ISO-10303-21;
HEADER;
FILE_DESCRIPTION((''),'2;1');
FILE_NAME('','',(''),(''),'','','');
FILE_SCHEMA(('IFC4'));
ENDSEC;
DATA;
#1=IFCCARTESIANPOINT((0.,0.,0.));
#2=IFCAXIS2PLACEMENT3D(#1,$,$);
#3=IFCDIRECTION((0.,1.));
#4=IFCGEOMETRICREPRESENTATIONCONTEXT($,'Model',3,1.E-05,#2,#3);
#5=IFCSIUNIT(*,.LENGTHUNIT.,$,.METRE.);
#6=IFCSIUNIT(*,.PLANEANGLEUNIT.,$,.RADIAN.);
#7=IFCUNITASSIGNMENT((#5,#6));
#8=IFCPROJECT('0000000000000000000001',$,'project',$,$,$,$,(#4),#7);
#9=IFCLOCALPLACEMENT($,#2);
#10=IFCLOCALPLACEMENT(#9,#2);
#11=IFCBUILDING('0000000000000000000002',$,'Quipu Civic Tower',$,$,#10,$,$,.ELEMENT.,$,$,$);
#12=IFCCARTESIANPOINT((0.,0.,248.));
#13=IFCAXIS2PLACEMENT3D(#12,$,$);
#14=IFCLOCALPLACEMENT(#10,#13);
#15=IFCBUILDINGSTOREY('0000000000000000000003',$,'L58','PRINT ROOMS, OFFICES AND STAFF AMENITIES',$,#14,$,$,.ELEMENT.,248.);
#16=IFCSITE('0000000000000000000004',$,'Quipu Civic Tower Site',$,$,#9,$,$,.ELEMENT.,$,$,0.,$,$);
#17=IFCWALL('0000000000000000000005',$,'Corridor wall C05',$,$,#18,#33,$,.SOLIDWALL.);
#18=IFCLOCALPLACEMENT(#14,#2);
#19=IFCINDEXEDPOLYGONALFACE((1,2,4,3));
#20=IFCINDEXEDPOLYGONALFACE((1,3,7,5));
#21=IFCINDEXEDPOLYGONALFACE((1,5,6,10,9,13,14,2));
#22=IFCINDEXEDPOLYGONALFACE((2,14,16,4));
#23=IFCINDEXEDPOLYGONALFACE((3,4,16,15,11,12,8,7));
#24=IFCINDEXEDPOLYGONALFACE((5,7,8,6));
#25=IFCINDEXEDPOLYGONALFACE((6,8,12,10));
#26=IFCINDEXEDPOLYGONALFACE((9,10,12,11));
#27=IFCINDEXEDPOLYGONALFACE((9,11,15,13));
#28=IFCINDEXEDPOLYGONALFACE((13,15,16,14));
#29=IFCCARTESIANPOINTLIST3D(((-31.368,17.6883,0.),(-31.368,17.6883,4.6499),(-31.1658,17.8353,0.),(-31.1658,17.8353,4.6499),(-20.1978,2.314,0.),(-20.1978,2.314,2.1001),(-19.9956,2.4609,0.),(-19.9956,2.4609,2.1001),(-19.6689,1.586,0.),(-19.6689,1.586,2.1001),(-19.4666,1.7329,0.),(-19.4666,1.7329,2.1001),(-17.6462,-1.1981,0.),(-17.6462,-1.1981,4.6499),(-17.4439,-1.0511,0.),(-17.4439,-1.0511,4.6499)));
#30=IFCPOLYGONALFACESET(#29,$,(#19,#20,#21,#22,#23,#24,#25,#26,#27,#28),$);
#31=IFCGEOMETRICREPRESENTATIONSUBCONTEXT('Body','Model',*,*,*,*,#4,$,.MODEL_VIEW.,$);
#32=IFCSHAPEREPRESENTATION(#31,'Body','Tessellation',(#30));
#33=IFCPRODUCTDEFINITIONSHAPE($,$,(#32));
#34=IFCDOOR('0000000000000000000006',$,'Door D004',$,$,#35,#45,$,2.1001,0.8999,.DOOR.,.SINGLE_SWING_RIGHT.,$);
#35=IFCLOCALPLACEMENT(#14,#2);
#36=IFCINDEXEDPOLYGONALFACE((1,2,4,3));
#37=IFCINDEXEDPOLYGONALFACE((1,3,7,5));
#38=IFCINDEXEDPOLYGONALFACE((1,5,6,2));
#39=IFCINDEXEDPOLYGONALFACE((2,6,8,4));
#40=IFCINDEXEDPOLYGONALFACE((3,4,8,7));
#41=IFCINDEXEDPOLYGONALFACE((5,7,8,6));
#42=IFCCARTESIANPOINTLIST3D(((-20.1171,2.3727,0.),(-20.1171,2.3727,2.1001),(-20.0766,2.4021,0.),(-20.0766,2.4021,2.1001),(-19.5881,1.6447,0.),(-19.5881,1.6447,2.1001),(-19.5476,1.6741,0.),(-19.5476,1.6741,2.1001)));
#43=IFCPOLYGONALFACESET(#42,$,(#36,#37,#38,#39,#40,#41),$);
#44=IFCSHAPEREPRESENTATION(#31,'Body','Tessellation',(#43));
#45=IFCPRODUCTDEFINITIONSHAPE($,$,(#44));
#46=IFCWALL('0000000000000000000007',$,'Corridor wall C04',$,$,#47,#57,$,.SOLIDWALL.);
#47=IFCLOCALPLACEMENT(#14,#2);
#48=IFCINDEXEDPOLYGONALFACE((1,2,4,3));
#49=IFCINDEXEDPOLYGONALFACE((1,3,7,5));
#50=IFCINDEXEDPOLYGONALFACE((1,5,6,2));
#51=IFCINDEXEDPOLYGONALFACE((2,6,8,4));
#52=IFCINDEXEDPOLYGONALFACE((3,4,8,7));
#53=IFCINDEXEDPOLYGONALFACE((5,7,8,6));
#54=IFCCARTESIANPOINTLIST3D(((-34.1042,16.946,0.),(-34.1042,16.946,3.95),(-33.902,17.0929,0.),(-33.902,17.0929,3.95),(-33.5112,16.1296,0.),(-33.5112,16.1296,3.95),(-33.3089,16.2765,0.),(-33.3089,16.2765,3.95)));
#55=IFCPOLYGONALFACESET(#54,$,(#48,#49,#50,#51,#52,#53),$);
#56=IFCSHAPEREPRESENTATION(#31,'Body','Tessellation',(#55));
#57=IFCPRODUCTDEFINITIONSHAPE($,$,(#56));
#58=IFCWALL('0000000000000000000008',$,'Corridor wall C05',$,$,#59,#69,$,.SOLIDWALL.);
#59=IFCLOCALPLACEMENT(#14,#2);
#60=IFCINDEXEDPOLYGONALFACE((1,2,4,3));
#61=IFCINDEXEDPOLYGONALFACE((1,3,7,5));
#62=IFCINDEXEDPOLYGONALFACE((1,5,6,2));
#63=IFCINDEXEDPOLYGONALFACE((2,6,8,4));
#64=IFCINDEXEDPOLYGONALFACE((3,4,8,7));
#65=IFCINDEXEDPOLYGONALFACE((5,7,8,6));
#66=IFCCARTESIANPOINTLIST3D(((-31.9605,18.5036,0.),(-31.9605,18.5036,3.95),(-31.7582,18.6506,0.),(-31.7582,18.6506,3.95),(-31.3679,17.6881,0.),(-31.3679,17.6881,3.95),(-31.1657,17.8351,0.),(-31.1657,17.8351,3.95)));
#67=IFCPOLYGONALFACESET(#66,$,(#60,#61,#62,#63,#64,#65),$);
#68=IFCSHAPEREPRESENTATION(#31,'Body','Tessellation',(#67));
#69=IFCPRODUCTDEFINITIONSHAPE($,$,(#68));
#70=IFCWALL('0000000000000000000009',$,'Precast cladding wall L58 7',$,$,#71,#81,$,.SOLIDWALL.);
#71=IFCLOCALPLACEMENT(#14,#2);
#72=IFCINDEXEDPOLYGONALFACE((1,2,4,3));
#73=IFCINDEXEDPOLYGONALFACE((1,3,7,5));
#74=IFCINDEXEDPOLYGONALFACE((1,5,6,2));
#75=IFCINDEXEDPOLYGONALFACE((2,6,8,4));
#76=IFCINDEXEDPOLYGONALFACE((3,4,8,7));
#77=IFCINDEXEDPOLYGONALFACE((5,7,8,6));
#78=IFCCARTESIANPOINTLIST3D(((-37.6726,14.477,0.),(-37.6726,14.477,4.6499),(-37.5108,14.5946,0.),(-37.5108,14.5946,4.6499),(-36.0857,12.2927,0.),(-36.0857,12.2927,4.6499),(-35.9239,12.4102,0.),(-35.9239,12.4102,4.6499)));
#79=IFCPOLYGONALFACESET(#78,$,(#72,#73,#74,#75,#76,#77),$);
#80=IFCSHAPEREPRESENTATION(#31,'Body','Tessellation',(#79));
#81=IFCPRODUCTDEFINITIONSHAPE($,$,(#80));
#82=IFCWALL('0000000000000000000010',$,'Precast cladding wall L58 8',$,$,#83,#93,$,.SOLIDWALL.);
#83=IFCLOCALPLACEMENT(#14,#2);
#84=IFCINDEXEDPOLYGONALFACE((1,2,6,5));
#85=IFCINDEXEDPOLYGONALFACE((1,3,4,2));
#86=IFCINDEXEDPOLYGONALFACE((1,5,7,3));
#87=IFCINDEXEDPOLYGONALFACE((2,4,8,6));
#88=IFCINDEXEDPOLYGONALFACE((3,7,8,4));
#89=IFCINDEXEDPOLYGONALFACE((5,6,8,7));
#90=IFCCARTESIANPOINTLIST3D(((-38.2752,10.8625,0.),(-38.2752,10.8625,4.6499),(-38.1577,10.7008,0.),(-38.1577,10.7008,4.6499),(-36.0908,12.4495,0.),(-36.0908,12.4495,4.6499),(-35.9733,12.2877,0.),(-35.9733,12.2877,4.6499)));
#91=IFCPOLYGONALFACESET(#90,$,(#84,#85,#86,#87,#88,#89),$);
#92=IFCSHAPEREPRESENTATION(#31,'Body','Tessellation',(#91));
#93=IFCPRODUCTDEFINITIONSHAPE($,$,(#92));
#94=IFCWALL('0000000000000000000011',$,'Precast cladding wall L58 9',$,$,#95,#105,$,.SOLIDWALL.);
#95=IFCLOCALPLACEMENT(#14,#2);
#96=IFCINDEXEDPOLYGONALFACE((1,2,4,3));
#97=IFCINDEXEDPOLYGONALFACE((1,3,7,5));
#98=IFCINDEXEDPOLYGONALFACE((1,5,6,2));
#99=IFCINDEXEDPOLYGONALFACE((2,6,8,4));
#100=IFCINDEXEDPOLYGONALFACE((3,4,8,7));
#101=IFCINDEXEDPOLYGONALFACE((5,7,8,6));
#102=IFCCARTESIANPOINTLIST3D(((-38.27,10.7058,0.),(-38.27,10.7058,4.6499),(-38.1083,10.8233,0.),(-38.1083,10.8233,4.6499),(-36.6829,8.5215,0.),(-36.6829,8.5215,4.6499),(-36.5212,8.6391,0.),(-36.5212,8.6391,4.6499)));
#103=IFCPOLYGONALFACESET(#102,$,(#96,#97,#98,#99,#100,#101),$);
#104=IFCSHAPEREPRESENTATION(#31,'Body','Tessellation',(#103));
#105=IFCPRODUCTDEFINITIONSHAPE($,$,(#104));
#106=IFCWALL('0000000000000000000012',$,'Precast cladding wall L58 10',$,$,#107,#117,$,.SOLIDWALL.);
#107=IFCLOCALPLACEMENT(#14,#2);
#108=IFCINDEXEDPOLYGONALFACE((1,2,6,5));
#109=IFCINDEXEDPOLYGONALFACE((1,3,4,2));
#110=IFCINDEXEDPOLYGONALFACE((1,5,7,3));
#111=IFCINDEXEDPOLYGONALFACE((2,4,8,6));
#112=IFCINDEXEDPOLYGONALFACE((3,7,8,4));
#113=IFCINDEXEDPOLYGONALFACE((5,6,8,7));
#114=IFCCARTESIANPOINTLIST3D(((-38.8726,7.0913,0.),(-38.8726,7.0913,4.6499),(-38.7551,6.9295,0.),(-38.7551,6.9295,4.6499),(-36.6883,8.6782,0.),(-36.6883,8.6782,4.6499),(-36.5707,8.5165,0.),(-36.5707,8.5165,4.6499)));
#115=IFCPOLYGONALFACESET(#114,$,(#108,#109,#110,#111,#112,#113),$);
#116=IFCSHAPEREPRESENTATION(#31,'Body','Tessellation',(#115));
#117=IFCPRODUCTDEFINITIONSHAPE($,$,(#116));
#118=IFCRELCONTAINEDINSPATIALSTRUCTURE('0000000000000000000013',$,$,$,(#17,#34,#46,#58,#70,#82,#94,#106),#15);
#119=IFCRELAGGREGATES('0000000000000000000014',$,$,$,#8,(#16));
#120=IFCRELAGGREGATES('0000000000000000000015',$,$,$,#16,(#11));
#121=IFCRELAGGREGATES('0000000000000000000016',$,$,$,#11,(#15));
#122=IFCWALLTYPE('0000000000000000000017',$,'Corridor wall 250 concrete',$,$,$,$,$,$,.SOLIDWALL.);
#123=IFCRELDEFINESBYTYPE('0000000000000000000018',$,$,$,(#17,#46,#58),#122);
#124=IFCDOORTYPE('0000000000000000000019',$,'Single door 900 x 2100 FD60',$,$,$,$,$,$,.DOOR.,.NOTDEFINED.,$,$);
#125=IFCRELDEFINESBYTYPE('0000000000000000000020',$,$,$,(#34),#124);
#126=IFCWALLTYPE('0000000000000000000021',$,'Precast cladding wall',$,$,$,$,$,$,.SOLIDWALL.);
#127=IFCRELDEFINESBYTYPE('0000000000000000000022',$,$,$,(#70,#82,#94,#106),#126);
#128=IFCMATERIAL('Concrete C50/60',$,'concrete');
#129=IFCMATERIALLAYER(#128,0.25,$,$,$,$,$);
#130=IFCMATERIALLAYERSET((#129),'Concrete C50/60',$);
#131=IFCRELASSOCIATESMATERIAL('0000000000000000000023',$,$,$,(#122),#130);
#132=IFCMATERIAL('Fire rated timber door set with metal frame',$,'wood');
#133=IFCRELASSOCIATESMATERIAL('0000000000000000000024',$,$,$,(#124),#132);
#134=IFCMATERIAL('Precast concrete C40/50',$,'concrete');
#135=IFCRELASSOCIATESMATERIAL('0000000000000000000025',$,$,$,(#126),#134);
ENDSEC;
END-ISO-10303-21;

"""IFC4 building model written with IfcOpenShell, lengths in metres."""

from ifc_helpers import new_model, si_unit, direction, frame, frame_2d, origin, place, context, subcontext, project, spatial, rectangle, extrude, material, layer, layer_set, type_object, element, fill, save


model = new_model("IFC4")

# Units and contexts
model_context = context("Model", 3, precision=1e-05, world=origin(), true_north=direction((0.0, 1.0)))
body_context = subcontext(model_context, "Body", "Model", "MODEL_VIEW")
ifc_project = project(units=[si_unit("LENGTHUNIT", "METRE"), si_unit("PLANEANGLEUNIT", "RADIAN")], contexts=[model_context])

# Site, building, storey
site_placement = place(None, origin())
site = spatial("IfcSite", under=ifc_project, at=site_placement, Name="Quipu Civic Tower Site", CompositionType="ELEMENT", RefElevation=0.0)
building_placement = place(site_placement, origin())
building = spatial("IfcBuilding", under=site, at=building_placement, Name="Quipu Civic Tower", CompositionType="ELEMENT")
storey_placement = place(building_placement, frame((0.0, 0.0, 248.0)))
storey = spatial("IfcBuildingStorey", under=building, at=storey_placement, Name="L58", Description="PRINT ROOMS, OFFICES AND STAFF AMENITIES", CompositionType="ELEMENT", Elevation=248.0)

# Wall, opening, door
ifc_material_1 = material(Name="Concrete C50/60", Category="concrete")
ifc_layer_1 = layer(ifc_material_1, 0.25)
ifc_layer_set_1 = layer_set([ifc_layer_1], Name="Concrete C50/60")
wall_type_1 = type_object("IfcWallType", Name="Corridor wall 250 concrete", PredefinedType="SOLIDWALL", material=ifc_layer_set_1)
wall_1_placement = place(storey_placement, frame((-31.2668, 17.7617, 0.0), z_axis=(0.0, 0.0, 1.0), x_axis=(0.587788, -0.809015, 0.0)))
wall_1 = element("IfcWall", 1, at=wall_1_placement, inside=storey, type_object=wall_type_1, Name="Corridor wall C05", PredefinedType="SOLIDWALL", context=body_context, shape_type="SweptSolid", body=[
    extrude(rectangle(XDim=23.345, YDim=0.25, at=frame_2d((11.6724, 0.0))), origin(), (0.0, 0.0, 1.0), 4.6499),
])
opening_placement = place(wall_1_placement, frame((19.0037, 0.0, 0.0)))
opening = element("IfcOpeningElement", 2, at=opening_placement, cuts=wall_1, PredefinedType="OPENING", context=body_context, shape_type="SweptSolid", body=[
    extrude(rectangle(XDim=0.8999, YDim=2.1001, at=frame_2d((0.45, 1.05))), frame((0.0, 0.135, 0.0), z_axis=(0.0, -1.0, 0.0), x_axis=(1.0, 0.0, 0.0)), (0.0, 0.0, 1.0), 0.27),
])
ifc_material_2 = material(Name="Fire rated timber door set with metal frame", Category="wood")
door_type = type_object("IfcDoorType", Name="Single door 900 x 2100 FD60", OperationType="NOTDEFINED", PredefinedType="DOOR", material=ifc_material_2)
door_placement = place(opening_placement, origin())
door = element("IfcDoor", 3, at=door_placement, inside=storey, type_object=door_type, Name="Door D004", OperationType="SINGLE_SWING_RIGHT", OverallHeight=2.1001, OverallWidth=0.8999, PredefinedType="DOOR", context=body_context, shape_type="SweptSolid", body=[
    extrude(rectangle(XDim=0.8999, YDim=2.1001, at=frame_2d((0.45, 1.05))), frame((0.0, 0.0249, 0.0), z_axis=(0.0, -1.0, 0.0), x_axis=(1.0, 0.0, 0.0)), (0.0, 0.0, 1.0), 0.05),
])
fill(opening, door)

# Walls
wall_2_placement = place(storey_placement, frame((-33.4102, 16.2031, 0.0), z_axis=(0.0, 0.0, 1.0), x_axis=(-0.587697, 0.809081, 0.0)))
element("IfcWall", 4, at=wall_2_placement, inside=storey, type_object=wall_type_1, Name="Corridor wall C04", PredefinedType="SOLIDWALL", context=body_context, shape_type="SweptSolid", body=[
    extrude(rectangle(XDim=1.009, YDim=0.25, at=frame_2d((0.5044, 0.0))), origin(), (0.0, 0.0, 1.0), 3.95),
])
wall_3_placement = place(storey_placement, frame((-31.2668, 17.7617, 0.0), z_axis=(0.0, 0.0, 1.0), x_axis=(-0.58784, 0.808977, 0.0)))
element("IfcWall", 5, at=wall_3_placement, inside=storey, type_object=wall_type_1, Name="Corridor wall C05", PredefinedType="SOLIDWALL", context=body_context, shape_type="SweptSolid", body=[
    extrude(rectangle(XDim=1.0081, YDim=0.25, at=frame_2d((0.5039, 0.0))), origin(), (0.0, 0.0, 1.0), 3.95),
])
ifc_material_3 = material(Name="Precast concrete C40/50", Category="concrete")
wall_type_2 = type_object("IfcWallType", Name="Precast cladding wall", PredefinedType="SOLIDWALL", material=ifc_material_3)
for number, where, z_axis, x_axis, name in (
    (6, (-37.5918, 14.5359, 0.0), (0.0, 0.0, 1.0), (0.587763, -0.809033, 0.0), "Precast cladding wall L58 7"),
    (7, (-36.032, 12.3687, 0.0), (0.0, 0.0, 1.0), (-0.809033, -0.587763, 0.0), "Precast cladding wall L58 8"),
    (8, (-38.1892, 10.7646, 0.0), (0.0, 0.0, 1.0), (0.587822, -0.80899, 0.0), "Precast cladding wall L58 9"),
    (9, (-36.6294, 8.5974, 0.0), (0.0, 0.0, 1.0), (-0.809033, -0.587763, 0.0), "Precast cladding wall L58 10"),
):
    element("IfcWall", number, at=place(storey_placement, frame(where, z_axis=z_axis, x_axis=x_axis)), inside=storey, type_object=wall_type_2, Name=name, PredefinedType="SOLIDWALL", context=body_context, shape_type="SweptSolid", body=[
        extrude(rectangle(XDim=2.7, YDim=0.2, at=frame_2d((1.3501, 0.0))), origin(), (0.0, 0.0, 1.0), 4.6499),
    ])

save(model, "model.ifc")
